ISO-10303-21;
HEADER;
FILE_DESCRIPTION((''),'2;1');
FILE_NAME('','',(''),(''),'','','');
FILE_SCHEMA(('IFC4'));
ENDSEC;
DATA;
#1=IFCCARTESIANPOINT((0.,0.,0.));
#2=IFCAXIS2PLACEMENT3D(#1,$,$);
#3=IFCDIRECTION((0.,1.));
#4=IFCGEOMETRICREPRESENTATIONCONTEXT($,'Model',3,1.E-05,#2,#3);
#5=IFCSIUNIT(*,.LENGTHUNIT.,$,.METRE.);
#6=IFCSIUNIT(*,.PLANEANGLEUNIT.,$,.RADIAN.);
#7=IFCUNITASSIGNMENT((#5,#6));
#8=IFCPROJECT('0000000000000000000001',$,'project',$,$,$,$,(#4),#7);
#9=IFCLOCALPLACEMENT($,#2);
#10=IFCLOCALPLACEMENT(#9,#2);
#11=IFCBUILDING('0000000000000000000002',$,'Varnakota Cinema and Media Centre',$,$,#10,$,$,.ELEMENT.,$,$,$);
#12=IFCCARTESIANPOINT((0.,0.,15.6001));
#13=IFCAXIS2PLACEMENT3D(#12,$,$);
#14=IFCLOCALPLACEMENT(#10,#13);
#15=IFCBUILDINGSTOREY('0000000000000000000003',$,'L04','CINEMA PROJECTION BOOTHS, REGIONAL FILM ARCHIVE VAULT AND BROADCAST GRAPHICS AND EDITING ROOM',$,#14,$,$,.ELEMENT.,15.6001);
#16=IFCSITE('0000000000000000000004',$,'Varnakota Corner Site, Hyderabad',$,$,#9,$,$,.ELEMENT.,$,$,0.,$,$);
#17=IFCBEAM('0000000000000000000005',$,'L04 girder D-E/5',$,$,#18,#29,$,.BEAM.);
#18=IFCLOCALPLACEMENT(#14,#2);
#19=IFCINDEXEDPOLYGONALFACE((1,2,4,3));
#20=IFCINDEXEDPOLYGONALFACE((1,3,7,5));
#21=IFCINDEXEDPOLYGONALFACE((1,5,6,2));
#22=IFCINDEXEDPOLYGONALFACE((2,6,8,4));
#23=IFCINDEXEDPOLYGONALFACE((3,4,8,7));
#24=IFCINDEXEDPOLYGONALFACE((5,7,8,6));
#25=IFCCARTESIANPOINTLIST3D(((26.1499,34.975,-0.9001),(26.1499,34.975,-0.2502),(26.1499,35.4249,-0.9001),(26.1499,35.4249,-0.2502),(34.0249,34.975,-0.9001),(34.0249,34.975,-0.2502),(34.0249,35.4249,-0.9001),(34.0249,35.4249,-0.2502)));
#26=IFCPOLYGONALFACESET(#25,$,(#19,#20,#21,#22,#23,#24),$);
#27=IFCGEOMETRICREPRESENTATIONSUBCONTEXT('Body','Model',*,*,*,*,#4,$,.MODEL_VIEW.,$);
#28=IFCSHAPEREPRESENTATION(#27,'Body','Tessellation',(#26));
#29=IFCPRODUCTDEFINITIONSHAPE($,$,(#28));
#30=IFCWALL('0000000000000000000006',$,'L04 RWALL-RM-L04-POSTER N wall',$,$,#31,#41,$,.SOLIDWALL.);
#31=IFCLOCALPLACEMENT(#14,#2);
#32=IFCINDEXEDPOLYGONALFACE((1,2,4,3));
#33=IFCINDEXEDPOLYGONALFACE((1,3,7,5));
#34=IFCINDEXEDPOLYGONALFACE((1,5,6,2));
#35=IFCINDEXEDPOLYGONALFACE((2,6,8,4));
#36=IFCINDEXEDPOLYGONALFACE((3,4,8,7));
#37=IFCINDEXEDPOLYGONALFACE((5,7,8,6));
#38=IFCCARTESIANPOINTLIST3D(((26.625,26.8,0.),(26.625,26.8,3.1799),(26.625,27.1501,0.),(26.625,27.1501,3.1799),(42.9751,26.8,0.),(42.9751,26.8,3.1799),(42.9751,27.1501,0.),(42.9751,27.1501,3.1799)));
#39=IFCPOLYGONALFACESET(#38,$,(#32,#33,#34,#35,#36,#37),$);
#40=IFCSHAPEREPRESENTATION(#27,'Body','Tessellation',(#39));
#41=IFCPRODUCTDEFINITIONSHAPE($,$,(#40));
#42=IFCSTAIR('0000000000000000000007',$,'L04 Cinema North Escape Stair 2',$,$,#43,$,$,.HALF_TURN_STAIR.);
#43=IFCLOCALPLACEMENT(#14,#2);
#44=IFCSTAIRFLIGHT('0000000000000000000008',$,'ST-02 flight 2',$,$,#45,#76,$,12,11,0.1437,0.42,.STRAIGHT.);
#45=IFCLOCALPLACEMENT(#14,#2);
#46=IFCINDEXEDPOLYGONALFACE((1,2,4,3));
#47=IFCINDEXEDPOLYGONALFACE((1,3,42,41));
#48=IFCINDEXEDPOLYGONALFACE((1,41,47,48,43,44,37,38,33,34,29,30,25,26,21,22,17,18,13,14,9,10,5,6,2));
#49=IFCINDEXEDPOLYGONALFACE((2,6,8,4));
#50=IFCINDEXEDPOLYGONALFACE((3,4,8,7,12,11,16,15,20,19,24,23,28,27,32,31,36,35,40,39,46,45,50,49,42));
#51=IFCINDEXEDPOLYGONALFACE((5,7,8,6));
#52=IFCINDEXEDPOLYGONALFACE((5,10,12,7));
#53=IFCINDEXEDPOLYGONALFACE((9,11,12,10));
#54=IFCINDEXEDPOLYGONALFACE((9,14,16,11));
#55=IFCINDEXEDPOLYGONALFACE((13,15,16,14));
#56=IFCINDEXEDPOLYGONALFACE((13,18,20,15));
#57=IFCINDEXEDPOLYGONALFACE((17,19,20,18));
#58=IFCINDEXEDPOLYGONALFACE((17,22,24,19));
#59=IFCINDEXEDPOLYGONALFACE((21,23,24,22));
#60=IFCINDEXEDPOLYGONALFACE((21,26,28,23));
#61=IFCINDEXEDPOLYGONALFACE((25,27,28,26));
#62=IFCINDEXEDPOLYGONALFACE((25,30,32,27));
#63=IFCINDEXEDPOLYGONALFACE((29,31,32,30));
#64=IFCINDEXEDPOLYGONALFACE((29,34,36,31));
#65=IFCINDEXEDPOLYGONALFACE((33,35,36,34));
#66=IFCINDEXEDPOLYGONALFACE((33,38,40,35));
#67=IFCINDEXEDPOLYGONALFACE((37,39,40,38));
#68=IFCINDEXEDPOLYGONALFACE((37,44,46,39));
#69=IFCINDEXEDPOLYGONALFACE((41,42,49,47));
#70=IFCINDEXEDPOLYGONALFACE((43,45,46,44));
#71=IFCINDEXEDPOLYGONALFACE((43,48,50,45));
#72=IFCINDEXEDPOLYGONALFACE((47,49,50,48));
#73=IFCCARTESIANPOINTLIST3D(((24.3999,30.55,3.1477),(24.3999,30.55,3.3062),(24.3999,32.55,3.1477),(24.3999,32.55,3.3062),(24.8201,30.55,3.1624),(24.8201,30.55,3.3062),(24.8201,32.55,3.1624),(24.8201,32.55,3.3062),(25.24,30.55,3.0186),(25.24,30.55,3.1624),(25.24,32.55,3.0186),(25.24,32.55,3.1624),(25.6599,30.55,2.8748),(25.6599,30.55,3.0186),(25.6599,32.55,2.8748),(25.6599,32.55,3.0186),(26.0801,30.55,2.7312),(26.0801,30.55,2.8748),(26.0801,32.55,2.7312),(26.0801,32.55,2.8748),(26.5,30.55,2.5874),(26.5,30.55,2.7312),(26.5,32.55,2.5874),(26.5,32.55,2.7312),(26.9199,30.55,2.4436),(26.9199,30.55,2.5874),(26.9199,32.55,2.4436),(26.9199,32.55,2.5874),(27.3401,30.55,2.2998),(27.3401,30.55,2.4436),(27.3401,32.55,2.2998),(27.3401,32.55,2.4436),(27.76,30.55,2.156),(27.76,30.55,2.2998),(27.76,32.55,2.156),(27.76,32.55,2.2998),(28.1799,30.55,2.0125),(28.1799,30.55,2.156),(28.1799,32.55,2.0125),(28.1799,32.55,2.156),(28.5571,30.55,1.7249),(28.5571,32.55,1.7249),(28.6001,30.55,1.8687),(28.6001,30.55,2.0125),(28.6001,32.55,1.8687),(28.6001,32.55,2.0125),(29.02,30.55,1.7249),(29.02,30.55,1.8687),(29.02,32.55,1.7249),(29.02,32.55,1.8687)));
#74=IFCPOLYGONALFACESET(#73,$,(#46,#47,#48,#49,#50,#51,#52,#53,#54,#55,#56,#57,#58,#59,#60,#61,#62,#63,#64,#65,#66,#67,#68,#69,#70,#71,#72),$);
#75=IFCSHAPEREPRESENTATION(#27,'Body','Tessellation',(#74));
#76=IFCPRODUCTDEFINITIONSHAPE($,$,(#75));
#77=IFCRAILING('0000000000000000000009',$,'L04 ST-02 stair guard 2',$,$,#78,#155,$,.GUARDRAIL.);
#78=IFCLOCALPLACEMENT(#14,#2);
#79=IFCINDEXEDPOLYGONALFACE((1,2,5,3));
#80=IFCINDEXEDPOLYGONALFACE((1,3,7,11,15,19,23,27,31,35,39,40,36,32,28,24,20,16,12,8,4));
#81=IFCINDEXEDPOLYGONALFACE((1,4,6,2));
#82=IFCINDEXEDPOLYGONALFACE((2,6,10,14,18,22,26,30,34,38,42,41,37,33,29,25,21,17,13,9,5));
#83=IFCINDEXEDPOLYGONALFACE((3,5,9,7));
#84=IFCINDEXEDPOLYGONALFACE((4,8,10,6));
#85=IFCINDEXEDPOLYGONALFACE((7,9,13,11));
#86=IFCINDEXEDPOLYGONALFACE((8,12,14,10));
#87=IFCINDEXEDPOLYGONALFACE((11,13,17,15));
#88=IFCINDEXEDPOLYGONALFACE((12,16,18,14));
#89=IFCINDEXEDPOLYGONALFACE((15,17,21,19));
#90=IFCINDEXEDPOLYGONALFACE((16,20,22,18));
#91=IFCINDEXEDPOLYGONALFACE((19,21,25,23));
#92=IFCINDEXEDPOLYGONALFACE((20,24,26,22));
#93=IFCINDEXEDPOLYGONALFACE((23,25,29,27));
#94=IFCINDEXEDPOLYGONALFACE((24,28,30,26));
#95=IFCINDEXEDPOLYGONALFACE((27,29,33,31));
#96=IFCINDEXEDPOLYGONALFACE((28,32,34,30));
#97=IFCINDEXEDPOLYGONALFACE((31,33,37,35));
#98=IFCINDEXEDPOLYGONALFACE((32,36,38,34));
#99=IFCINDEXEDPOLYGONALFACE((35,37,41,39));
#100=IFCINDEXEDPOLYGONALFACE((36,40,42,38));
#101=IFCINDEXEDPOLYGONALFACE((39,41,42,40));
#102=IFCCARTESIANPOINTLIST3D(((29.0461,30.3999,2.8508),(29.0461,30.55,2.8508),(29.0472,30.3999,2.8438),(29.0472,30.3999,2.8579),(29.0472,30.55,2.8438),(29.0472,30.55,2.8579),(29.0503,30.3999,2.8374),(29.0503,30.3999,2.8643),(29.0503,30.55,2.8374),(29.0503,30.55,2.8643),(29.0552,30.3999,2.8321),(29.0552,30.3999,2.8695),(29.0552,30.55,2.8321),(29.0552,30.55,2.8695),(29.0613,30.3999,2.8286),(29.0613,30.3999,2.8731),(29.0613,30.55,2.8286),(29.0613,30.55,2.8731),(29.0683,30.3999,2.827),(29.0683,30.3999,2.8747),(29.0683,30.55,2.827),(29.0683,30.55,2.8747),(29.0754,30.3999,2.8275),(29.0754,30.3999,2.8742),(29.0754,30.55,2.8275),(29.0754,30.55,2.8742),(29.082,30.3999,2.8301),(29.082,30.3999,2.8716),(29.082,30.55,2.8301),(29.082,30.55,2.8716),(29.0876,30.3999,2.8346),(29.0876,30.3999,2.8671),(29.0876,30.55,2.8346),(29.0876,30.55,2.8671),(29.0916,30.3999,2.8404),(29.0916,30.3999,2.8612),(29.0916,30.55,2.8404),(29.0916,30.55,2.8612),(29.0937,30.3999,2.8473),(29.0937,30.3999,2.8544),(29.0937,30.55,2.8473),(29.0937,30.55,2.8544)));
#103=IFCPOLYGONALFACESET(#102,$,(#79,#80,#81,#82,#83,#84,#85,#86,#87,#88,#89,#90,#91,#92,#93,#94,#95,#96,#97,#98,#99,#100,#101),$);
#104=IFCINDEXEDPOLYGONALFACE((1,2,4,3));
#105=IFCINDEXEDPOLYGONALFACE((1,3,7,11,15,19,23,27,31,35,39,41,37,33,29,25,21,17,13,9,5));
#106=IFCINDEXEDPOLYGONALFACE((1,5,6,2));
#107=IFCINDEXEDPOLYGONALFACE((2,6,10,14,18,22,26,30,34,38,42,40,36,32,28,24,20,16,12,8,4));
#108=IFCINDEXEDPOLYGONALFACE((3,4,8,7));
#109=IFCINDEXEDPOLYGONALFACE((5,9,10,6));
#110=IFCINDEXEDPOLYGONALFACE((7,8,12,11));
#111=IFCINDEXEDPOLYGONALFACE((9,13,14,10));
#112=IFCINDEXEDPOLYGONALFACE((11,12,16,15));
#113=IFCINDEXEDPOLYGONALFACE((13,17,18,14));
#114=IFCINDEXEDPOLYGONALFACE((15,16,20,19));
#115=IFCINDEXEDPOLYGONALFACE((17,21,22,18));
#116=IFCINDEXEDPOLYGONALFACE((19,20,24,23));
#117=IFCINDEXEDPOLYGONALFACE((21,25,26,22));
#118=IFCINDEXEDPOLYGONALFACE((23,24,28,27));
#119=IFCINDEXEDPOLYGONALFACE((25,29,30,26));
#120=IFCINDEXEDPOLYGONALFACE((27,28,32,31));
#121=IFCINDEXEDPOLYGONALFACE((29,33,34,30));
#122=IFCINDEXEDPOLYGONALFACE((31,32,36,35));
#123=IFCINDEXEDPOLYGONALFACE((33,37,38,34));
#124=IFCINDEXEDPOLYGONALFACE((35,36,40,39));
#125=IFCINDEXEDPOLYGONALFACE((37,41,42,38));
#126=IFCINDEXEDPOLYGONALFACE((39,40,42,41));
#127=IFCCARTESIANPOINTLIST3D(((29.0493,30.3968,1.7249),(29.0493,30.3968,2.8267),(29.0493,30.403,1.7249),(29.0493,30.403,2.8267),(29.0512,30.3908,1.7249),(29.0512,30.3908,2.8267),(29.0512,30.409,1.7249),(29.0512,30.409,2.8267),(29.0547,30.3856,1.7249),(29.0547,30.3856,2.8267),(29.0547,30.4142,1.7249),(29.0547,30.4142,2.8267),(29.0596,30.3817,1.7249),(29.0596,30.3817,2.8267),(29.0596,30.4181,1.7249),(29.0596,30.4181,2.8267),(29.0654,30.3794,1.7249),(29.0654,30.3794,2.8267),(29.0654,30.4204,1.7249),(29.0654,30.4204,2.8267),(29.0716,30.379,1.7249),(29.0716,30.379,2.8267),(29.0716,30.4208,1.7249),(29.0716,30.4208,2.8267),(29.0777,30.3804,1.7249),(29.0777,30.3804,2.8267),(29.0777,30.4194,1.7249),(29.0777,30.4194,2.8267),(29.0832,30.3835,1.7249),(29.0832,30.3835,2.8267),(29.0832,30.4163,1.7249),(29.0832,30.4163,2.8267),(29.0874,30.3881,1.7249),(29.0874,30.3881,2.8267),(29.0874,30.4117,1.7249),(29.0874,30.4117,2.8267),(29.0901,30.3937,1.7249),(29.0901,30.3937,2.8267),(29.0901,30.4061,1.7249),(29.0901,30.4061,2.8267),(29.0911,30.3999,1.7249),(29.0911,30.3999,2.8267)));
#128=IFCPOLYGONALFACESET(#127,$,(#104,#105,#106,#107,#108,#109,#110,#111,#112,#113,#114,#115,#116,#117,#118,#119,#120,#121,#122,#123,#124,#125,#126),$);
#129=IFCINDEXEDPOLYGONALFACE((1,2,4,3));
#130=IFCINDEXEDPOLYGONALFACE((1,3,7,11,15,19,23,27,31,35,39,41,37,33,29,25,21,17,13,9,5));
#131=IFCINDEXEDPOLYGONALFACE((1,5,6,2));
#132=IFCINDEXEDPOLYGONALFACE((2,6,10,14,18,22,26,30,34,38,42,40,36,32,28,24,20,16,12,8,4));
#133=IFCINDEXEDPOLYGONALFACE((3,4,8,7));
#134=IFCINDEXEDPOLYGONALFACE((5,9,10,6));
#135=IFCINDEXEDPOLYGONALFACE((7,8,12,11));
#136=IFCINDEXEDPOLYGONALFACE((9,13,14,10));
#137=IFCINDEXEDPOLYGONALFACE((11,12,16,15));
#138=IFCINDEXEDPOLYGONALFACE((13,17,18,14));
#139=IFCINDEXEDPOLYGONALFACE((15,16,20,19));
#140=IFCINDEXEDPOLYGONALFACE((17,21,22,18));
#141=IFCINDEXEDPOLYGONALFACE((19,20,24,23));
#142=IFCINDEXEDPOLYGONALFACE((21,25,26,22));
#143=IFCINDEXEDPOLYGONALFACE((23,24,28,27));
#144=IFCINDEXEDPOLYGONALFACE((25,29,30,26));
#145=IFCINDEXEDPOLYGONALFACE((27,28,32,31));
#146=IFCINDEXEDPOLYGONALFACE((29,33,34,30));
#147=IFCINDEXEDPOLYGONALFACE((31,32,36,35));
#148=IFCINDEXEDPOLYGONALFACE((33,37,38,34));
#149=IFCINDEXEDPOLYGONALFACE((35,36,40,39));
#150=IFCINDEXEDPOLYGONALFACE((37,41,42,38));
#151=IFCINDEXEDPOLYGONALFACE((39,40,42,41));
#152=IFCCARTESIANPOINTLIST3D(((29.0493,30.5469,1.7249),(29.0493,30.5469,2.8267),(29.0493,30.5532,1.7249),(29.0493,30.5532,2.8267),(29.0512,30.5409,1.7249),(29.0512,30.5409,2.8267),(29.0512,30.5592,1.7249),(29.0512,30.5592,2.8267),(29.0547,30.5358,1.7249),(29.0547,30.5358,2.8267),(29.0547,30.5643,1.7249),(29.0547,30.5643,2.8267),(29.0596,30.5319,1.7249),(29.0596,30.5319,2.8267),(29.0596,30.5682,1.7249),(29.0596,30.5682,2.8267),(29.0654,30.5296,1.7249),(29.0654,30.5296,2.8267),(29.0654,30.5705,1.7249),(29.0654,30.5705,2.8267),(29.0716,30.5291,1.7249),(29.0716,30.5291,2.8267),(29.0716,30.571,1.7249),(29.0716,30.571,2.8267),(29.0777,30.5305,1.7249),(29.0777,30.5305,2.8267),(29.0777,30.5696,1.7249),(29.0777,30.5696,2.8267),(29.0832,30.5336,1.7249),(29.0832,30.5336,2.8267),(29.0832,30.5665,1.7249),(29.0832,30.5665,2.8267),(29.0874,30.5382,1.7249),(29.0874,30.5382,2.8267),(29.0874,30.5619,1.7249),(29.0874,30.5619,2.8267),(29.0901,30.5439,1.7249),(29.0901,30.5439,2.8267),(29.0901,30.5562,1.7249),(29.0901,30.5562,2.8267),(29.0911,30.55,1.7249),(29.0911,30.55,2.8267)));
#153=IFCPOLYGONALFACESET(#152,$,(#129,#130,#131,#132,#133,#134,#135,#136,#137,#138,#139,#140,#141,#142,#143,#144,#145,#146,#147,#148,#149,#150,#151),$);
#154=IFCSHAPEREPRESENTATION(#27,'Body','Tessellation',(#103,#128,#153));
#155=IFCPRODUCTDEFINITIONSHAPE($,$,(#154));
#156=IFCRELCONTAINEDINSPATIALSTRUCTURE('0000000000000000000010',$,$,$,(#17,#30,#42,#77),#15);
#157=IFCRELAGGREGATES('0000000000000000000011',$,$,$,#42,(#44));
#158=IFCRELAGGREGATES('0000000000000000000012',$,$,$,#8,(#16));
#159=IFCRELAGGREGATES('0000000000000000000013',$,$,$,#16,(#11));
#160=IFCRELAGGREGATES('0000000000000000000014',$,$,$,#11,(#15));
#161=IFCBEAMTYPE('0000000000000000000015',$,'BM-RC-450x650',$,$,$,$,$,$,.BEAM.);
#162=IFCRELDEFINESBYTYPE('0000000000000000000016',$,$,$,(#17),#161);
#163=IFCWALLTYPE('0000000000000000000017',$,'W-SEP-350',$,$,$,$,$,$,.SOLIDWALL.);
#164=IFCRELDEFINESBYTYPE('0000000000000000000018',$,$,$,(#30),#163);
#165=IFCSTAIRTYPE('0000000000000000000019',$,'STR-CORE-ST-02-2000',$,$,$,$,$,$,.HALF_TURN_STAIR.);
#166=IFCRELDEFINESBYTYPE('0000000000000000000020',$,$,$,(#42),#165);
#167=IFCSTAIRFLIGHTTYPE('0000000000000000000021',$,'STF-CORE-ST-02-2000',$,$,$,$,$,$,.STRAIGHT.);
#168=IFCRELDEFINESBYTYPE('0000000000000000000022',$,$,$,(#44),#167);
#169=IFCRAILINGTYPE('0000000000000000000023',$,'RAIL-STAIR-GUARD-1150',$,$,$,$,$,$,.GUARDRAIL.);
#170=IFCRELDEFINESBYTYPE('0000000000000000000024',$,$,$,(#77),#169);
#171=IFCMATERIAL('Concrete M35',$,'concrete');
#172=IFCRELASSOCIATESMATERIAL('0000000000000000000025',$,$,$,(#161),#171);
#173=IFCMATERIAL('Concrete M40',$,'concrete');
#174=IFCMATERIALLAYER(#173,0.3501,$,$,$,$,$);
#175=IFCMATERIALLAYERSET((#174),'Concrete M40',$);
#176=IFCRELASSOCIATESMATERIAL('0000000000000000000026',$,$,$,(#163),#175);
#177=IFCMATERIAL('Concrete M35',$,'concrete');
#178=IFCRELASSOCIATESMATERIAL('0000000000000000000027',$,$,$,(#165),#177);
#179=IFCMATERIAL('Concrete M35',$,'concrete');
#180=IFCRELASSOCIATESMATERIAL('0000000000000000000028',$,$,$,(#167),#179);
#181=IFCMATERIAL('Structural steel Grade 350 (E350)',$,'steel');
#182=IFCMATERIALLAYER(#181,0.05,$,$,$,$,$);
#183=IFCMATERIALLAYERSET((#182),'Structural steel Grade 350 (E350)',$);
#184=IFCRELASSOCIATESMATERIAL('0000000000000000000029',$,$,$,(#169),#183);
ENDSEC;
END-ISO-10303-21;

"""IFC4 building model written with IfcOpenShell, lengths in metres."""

from ifc_helpers import new_model, si_unit, direction, frame, frame_2d, origin, origin_2d, place, context, subcontext, project, spatial, polyline, rectangle, circle, outline, extrude, material, layer, layer_set, material_profile, profile_set, type_object, element, aggregate, save


model = new_model("IFC4")

# Units and contexts
model_context = context("Model", 3, precision=1e-05, world=origin(), true_north=direction((0.0, 1.0)))
body_context = subcontext(model_context, "Body", "Model", "MODEL_VIEW")
ifc_project = project(units=[si_unit("LENGTHUNIT", "METRE"), si_unit("PLANEANGLEUNIT", "RADIAN")], contexts=[model_context])

# Site, building, storey
site_placement = place(None, origin())
site = spatial("IfcSite", under=ifc_project, at=site_placement, Name="Varnakota Corner Site, Hyderabad", CompositionType="ELEMENT", RefElevation=0.0)
building_placement = place(site_placement, origin())
building = spatial("IfcBuilding", under=site, at=building_placement, Name="Varnakota Cinema and Media Centre", CompositionType="ELEMENT")
storey_placement = place(building_placement, frame((0.0, 0.0, 15.6001)))
storey = spatial("IfcBuildingStorey", under=building, at=storey_placement, Name="L04", Description="CINEMA PROJECTION BOOTHS, REGIONAL FILM ARCHIVE VAULT AND BROADCAST GRAPHICS AND EDITING ROOM", CompositionType="ELEMENT", Elevation=15.6001)

# Beam
ifc_material_1 = material(Name="Concrete M35", Category="concrete")
ifc_material_profile = material_profile(ifc_material_1, rectangle(XDim=0.45, YDim=0.6499, at=origin_2d()), Name="RCB 450x650")
ifc_profile_set = profile_set([ifc_material_profile], Name="Concrete M35")
beam_type = type_object("IfcBeamType", Name="BM-RC-450x650", PredefinedType="BEAM", material=ifc_profile_set)
beam_placement = place(storey_placement, frame((26.1499, 35.2, -0.5752), z_axis=(1.0, 0.0, 0.0), x_axis=(0.0, 1.0, 0.0)))
element("IfcBeam", 1, at=beam_placement, inside=storey, type_object=beam_type, Name="L04 girder D-E/5", PredefinedType="BEAM", context=body_context, shape_type="SweptSolid", body=[
    extrude(rectangle(XDim=0.45, YDim=0.6499, at=origin_2d()), origin(), (0.0, 0.0, 1.0), 7.875),
])

# Wall
ifc_material_2 = material(Name="Concrete M40", Category="concrete")
ifc_layer_1 = layer(ifc_material_2, 0.3501)
ifc_layer_set_1 = layer_set([ifc_layer_1], Name="Concrete M40")
wall_type_1 = type_object("IfcWallType", Name="W-SEP-350", PredefinedType="SOLIDWALL", material=ifc_layer_set_1)
wall_1_placement = place(storey_placement, frame((26.625, 26.9751, 0.0), z_axis=(0.0, 0.0, 1.0), x_axis=(1.0, 0.0, 0.0)))
element("IfcWall", 2, at=wall_1_placement, inside=storey, type_object=wall_type_1, Name="L04 RWALL-RM-L04-POSTER N wall", PredefinedType="SOLIDWALL", context=body_context, shape_type="SweptSolid", body=[
    extrude(rectangle(XDim=16.3501, YDim=0.3501, at=frame_2d((8.175, 0.0))), origin(), (0.0, 0.0, 1.0), 3.1799),
])

# Stair, stair flight
ifc_material_3 = material(Name="Concrete M35", Category="concrete")
stair_type = type_object("IfcStairType", Name="STR-CORE-ST-02-2000", PredefinedType="HALF_TURN_STAIR", material=ifc_material_3)
stair_placement = place(storey_placement, origin())
stair = element("IfcStair", 3, at=stair_placement, inside=storey, type_object=stair_type, Name="L04 Cinema North Escape Stair 2", PredefinedType="HALF_TURN_STAIR")
ifc_material_4 = material(Name="Concrete M35", Category="concrete")
stair_flight_type = type_object("IfcStairFlightType", Name="STF-CORE-ST-02-2000", PredefinedType="STRAIGHT", material=ifc_material_4)
stair_flight_placement = place(storey_placement, frame((29.02, 31.55, 1.7249), z_axis=(0.0, 0.0, 1.0), x_axis=(-1.0, 0.0, 0.0)))
stair_flight = element("IfcStairFlight", 4, at=stair_flight_placement, type_object=stair_flight_type, Name="ST-02 flight 2", NumberOfRisers=12, NumberOfTreads=11, PredefinedType="STRAIGHT", RiserHeight=0.1437, TreadLength=0.42, context=body_context, shape_type="SweptSolid", body=[
    extrude(outline(polyline([(0.0, 0.0), (0.0, 0.1438), (0.4199, 0.1438), (0.4199, 0.2876), (0.8401, 0.2876), (0.8401, 0.4312), (1.26, 0.4312), (1.26, 0.575), (1.6799, 0.575), (1.6799, 0.7188), (2.1001, 0.7188), (2.1001, 0.8625), (2.52, 0.8625), (2.52, 1.0063), (2.9399, 1.0063), (2.9399, 1.1499), (3.3601, 1.1499), (3.3601, 1.2937), (3.78, 1.2937), (3.78, 1.4375), (4.2, 1.4375), (4.2, 1.5813), (4.6201, 1.5813), (4.6201, 1.7251), (4.6201, 1.4229), (0.4629, 0.0), (0.0, 0.0)])), frame((0.0, 1.0, 0.0), z_axis=(0.0, -1.0, 0.0), x_axis=(1.0, 0.0, 0.0)), (0.0, 0.0, 1.0), 2.0),
])
aggregate(stair, [stair_flight])

# Railing
ifc_material_5 = material(Name="Structural steel Grade 350 (E350)", Category="steel")
ifc_layer_2 = layer(ifc_material_5, 0.05)
ifc_layer_set_2 = layer_set([ifc_layer_2], Name="Structural steel Grade 350 (E350)")
railing_type_1 = type_object("IfcRailingType", Name="RAIL-STAIR-GUARD-1150", PredefinedType="GUARDRAIL", material=ifc_layer_set_2)
railing_1_placement = place(storey_placement, frame((29.0701, 30.3999, 1.7249)))
element("IfcRailing", 5, at=railing_1_placement, inside=storey, type_object=railing_type_1, Name="L04 ST-02 stair guard 2", PredefinedType="GUARDRAIL", context=body_context, shape_type="SweptSolid", body=[
    extrude(circle(Radius=0.0239, at=origin_2d()), frame((0.0, 0.0, 1.126), z_axis=(0.0, 1.0, 0.0), x_axis=(-1.0, 0.0, 0.0)), (0.0, 0.0, 1.0), 0.1501),
    extrude(circle(Radius=0.021, at=origin_2d()), origin(), (0.0, 0.0, 1.0), 1.1018),
    extrude(circle(Radius=0.021, at=origin_2d()), frame((0.0, 0.1501, 0.0)), (0.0, 0.0, 1.0), 1.1018),
])

save(model, "model.ifc")
